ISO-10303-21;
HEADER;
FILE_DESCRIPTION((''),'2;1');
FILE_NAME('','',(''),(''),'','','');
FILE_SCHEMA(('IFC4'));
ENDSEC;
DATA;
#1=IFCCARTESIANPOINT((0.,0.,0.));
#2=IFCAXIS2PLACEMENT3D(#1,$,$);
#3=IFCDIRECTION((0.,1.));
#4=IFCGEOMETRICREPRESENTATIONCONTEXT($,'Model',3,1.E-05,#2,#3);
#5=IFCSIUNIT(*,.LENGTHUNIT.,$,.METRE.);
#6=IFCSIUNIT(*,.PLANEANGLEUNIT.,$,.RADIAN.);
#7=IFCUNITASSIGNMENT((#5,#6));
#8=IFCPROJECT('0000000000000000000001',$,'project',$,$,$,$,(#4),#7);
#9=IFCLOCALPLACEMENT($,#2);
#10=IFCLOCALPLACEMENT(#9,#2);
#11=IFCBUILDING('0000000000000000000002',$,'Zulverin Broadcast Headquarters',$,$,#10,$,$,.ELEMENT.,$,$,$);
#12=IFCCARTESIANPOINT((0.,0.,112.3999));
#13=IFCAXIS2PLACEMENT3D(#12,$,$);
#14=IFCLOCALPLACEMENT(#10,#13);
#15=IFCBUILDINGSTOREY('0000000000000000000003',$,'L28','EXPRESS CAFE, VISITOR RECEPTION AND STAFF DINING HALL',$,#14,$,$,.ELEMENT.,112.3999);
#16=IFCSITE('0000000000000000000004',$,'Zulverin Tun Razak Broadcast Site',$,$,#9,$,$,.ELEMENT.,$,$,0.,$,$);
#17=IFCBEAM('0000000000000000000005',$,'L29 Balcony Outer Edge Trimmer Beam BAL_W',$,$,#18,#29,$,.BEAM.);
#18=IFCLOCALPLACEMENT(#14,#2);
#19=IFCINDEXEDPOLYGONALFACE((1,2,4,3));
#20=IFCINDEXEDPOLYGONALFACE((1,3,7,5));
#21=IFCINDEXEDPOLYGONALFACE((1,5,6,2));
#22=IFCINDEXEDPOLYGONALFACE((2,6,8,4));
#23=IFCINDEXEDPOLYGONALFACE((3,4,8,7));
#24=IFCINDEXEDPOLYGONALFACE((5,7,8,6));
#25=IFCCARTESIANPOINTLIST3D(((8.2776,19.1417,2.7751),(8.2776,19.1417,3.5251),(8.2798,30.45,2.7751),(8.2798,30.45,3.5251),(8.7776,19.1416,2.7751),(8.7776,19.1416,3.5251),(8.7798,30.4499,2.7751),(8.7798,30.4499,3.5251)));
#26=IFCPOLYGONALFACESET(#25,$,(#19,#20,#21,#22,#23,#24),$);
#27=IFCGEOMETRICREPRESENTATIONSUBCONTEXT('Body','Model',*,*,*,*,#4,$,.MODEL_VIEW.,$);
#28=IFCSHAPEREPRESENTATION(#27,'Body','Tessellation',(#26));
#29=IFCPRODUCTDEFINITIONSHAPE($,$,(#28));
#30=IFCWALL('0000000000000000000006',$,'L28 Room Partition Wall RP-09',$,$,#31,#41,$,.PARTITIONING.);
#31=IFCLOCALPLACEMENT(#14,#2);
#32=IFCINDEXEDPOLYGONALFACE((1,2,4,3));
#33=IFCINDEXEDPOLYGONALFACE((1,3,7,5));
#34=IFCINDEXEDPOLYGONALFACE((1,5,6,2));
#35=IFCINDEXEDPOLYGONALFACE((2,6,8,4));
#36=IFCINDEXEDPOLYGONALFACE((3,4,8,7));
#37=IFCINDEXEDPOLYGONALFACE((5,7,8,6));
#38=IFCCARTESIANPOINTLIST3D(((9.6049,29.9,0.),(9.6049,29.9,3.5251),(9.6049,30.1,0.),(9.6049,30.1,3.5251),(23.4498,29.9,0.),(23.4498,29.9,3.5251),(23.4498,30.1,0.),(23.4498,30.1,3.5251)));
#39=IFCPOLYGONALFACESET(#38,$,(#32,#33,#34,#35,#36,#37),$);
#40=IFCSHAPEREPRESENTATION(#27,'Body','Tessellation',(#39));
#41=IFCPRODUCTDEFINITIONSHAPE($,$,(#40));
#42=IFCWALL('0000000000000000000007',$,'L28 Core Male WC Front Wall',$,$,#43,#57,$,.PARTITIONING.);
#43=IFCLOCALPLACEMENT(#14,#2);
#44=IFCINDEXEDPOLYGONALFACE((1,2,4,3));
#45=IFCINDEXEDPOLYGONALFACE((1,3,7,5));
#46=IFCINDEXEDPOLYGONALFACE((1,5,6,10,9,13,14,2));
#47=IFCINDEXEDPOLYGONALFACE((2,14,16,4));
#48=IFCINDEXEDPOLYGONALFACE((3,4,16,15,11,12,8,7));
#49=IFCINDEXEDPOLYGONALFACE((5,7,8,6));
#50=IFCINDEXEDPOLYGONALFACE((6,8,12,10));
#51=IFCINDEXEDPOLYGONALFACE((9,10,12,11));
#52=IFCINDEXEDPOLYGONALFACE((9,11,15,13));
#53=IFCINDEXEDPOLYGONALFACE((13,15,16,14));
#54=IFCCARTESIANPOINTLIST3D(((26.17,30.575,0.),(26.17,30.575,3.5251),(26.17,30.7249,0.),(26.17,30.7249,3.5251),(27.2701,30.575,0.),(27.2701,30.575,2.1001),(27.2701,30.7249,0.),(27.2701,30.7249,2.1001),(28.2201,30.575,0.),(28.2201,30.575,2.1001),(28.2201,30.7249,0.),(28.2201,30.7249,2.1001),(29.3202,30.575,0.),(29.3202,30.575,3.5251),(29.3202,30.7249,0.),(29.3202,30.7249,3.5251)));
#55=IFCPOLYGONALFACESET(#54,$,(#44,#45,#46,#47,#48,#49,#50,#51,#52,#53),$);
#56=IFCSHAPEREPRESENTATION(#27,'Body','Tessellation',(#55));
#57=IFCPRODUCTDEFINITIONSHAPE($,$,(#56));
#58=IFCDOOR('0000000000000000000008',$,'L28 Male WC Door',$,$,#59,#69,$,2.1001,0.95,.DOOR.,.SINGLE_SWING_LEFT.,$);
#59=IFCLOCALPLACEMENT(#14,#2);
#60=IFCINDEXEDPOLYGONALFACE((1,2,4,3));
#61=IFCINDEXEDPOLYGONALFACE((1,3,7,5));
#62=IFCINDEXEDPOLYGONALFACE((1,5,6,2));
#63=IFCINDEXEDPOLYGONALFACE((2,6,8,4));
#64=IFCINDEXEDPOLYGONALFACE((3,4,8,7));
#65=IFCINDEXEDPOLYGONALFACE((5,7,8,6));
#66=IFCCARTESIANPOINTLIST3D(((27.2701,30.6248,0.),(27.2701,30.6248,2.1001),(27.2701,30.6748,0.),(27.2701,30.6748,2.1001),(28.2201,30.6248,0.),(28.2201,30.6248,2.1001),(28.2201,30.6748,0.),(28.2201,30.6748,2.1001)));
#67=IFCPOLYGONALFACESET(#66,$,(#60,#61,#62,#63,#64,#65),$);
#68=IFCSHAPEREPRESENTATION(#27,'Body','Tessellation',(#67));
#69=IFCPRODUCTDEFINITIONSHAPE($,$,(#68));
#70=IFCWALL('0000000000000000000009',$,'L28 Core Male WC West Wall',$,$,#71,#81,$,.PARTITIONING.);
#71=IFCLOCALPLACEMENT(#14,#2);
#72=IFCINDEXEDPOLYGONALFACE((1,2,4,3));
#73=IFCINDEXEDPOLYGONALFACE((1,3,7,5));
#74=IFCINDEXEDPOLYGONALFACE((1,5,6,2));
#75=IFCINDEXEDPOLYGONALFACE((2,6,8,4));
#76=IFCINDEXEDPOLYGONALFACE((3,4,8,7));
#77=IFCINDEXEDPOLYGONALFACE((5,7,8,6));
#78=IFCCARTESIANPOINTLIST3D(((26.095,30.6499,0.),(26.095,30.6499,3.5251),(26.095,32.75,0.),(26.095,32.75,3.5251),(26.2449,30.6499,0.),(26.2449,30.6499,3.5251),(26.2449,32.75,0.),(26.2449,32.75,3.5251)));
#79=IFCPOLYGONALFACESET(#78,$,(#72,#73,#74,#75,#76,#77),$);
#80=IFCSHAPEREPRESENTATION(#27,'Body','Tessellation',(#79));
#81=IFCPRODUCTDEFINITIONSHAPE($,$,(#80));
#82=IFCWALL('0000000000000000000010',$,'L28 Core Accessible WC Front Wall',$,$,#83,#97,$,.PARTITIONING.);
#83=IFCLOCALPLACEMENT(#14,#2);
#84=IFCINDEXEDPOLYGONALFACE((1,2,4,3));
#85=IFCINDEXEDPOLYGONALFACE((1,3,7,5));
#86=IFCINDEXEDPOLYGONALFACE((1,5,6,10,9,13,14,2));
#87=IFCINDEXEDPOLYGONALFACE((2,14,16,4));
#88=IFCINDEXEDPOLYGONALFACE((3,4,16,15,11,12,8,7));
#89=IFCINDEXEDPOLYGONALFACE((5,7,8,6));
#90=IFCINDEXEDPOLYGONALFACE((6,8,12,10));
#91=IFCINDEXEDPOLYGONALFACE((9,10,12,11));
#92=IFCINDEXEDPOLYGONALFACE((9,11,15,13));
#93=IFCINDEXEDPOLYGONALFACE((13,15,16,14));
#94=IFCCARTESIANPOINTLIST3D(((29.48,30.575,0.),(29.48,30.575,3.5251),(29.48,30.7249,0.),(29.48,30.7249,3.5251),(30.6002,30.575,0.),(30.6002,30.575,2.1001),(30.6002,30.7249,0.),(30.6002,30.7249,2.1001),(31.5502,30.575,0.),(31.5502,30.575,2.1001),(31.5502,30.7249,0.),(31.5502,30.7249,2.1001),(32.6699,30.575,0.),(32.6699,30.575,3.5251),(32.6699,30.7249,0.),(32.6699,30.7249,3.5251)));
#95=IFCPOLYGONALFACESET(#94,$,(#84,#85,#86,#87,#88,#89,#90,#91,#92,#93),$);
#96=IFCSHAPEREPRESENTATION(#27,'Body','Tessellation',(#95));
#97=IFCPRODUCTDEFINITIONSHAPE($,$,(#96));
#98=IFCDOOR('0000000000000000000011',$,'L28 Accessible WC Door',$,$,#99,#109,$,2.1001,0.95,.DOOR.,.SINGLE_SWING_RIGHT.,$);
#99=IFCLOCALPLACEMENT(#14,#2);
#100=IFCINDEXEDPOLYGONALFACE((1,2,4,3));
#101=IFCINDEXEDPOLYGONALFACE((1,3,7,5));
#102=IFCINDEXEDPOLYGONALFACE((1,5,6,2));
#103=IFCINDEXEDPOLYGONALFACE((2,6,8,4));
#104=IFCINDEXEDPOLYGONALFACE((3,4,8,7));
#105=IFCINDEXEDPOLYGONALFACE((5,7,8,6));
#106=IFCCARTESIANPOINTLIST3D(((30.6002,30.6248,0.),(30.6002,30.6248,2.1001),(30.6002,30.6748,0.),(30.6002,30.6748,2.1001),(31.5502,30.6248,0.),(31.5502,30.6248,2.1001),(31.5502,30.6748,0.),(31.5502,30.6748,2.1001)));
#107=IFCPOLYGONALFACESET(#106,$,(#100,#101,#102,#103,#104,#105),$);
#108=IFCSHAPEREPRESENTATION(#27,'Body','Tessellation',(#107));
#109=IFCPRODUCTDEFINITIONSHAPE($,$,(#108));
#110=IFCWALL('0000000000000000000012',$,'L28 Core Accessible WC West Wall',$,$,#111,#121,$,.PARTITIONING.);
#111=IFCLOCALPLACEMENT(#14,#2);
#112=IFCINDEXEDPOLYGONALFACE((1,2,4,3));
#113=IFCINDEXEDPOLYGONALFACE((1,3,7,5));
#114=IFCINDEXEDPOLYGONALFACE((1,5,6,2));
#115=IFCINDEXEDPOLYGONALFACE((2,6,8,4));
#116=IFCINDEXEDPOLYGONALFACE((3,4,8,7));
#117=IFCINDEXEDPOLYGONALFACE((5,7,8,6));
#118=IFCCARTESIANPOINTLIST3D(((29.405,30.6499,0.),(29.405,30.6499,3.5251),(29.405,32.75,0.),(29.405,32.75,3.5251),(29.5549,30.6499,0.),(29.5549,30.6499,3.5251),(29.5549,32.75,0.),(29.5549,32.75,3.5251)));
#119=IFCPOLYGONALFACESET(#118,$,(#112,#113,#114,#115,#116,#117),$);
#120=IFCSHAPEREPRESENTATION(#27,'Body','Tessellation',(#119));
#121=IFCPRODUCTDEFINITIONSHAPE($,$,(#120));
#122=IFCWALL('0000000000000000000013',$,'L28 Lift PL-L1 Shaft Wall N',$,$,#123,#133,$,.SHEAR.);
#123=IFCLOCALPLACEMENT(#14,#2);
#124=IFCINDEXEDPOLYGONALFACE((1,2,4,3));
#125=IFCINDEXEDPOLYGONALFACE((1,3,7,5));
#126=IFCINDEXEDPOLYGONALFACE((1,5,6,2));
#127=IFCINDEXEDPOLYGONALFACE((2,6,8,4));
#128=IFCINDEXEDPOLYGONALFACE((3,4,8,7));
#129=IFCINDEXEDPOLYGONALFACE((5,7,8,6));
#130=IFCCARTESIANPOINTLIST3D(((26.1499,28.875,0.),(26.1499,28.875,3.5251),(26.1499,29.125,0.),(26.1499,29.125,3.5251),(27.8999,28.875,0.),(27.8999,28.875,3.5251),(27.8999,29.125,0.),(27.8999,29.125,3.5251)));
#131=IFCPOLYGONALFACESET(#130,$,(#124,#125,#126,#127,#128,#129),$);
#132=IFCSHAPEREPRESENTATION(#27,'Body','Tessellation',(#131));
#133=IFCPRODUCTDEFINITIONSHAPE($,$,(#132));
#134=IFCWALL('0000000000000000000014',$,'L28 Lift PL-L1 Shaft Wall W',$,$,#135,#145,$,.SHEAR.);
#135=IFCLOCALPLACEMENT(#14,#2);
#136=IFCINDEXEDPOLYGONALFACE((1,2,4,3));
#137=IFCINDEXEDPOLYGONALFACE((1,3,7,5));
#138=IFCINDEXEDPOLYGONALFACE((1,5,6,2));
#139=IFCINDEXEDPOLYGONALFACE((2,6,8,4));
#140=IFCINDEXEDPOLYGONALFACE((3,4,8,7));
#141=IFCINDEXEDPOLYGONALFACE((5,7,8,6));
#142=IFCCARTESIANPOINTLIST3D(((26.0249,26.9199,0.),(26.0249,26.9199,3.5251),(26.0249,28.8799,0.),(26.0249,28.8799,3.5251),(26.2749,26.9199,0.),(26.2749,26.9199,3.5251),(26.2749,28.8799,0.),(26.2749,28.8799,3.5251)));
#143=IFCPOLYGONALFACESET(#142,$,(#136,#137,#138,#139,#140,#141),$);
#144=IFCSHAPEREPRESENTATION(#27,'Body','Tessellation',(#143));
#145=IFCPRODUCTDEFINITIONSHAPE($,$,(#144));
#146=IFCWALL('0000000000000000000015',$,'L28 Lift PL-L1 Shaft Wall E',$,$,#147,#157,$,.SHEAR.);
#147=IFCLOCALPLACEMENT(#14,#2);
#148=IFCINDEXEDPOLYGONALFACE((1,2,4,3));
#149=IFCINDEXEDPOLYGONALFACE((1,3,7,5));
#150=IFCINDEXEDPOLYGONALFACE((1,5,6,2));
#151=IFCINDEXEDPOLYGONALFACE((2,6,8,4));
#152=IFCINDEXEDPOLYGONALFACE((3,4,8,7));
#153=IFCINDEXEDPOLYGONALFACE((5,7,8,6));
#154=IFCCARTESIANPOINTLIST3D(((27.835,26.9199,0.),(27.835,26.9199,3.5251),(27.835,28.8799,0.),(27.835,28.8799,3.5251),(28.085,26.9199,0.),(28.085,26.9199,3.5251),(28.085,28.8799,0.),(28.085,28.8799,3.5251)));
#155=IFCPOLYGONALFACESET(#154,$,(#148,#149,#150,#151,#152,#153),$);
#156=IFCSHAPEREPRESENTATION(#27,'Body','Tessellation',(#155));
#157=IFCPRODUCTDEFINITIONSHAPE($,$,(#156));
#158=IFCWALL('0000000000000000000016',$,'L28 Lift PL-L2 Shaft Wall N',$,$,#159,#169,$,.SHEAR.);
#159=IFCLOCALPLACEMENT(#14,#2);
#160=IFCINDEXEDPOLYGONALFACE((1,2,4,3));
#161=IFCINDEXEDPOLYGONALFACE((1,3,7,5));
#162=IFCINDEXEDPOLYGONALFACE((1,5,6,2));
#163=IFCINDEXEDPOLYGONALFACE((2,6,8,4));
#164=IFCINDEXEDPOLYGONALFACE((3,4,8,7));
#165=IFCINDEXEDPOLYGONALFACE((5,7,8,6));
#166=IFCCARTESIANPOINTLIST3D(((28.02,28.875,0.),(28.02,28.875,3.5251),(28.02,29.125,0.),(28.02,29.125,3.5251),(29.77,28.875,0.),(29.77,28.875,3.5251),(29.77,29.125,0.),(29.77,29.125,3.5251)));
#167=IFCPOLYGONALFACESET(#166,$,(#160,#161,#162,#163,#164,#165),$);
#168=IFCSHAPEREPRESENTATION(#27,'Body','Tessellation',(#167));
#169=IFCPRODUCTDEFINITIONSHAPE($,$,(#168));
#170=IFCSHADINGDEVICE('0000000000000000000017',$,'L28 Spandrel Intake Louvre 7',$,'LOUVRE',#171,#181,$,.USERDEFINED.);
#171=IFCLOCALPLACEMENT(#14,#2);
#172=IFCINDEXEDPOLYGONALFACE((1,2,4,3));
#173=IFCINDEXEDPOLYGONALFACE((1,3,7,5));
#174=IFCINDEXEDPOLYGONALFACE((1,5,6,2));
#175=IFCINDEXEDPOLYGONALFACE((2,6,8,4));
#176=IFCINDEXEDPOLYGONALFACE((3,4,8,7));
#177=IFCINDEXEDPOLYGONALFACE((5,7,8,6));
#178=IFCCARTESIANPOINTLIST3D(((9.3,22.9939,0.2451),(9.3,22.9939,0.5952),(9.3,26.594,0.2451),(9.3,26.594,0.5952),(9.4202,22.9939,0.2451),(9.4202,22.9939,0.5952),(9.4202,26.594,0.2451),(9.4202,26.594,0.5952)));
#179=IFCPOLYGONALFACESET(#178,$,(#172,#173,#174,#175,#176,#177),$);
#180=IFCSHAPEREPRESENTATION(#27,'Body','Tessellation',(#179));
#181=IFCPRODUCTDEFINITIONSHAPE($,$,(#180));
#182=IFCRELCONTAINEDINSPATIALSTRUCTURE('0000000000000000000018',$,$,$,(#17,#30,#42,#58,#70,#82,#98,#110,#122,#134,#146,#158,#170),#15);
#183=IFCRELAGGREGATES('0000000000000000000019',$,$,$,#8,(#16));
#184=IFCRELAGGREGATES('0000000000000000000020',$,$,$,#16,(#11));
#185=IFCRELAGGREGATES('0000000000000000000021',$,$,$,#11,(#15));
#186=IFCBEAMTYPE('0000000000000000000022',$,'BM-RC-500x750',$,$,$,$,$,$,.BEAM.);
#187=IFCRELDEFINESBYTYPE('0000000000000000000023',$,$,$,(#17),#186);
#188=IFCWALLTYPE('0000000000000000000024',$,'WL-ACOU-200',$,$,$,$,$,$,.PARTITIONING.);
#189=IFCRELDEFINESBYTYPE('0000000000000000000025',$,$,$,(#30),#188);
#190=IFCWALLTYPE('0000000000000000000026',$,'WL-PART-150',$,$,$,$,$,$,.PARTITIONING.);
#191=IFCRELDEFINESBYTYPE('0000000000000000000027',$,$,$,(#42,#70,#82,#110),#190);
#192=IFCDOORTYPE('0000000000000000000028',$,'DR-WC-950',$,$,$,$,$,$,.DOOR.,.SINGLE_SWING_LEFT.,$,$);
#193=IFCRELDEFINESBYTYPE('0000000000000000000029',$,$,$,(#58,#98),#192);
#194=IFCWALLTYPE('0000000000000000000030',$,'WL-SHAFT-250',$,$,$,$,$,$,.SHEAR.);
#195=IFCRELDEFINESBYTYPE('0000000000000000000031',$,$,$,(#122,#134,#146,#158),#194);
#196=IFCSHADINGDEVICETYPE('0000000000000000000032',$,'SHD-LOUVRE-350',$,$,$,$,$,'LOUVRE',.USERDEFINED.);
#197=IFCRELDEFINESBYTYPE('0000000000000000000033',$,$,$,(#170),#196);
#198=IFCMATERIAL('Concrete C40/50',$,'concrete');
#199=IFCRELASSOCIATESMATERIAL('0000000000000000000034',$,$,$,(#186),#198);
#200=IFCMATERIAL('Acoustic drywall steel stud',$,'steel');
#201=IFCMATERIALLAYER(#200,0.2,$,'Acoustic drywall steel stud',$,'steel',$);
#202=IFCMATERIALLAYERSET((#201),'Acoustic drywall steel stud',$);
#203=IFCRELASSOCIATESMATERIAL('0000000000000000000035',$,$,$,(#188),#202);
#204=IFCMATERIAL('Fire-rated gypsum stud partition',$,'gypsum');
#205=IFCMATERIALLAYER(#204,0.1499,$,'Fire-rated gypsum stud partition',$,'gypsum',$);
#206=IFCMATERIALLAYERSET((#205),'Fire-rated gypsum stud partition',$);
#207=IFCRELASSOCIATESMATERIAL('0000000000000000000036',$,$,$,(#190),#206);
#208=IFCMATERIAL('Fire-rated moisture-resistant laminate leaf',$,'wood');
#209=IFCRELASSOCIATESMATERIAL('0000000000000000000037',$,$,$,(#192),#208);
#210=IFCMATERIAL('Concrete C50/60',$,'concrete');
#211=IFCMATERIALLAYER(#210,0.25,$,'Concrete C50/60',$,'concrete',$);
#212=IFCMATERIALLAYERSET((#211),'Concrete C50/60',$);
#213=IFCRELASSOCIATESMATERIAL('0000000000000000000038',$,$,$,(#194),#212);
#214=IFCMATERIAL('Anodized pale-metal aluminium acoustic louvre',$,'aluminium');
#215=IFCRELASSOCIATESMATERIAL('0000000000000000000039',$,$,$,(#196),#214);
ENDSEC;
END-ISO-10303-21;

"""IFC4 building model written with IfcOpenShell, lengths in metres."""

from ifc_helpers import new_model, si_unit, direction, frame, frame_2d, origin, origin_2d, place, context, subcontext, project, spatial, rectangle, extrude, material, layer, layer_set, material_profile, profile_set, type_object, element, fill, save


model = new_model("IFC4")

# Units and contexts
model_context = context("Model", 3, precision=1e-05, world=origin(), true_north=direction((0.0, 1.0)))
body_context = subcontext(model_context, "Body", "Model", "MODEL_VIEW")
ifc_project = project(units=[si_unit("LENGTHUNIT", "METRE"), si_unit("PLANEANGLEUNIT", "RADIAN")], contexts=[model_context])

# Site, building, storey
site_placement = place(None, origin())
site = spatial("IfcSite", under=ifc_project, at=site_placement, Name="Zulverin Tun Razak Broadcast Site", CompositionType="ELEMENT", RefElevation=0.0)
building_placement = place(site_placement, origin())
building = spatial("IfcBuilding", under=site, at=building_placement, Name="Zulverin Broadcast Headquarters", CompositionType="ELEMENT")
storey_placement = place(building_placement, frame((0.0, 0.0, 112.3999)))
storey = spatial("IfcBuildingStorey", under=building, at=storey_placement, Name="L28", Description="EXPRESS CAFE, VISITOR RECEPTION AND STAFF DINING HALL", CompositionType="ELEMENT", Elevation=112.3999)

# Beam
ifc_material_1 = material(Name="Concrete C40/50", Category="concrete")
ifc_material_profile = material_profile(ifc_material_1, rectangle(XDim=0.5, YDim=0.75, at=origin_2d()), Name="Concrete C40/50", Category="concrete")
ifc_profile_set = profile_set([ifc_material_profile], Name="Concrete C40/50")
beam_type = type_object("IfcBeamType", Name="BM-RC-500x750", PredefinedType="BEAM", material=ifc_profile_set)
beam_placement = place(storey_placement, frame((8.5298, 30.45, 3.1501), z_axis=(-0.000194, -1.0, 0.0), x_axis=(1.0, -0.000194, 0.0)))
element("IfcBeam", 1, at=beam_placement, inside=storey, type_object=beam_type, Name="L29 Balcony Outer Edge Trimmer Beam BAL_W", PredefinedType="BEAM", context=body_context, shape_type="SweptSolid", body=[
    extrude(rectangle(XDim=0.5, YDim=0.75, at=origin_2d()), origin(), (0.0, 0.0, 1.0), 11.3083),
])

# Wall
ifc_material_2 = material(Name="Acoustic drywall steel stud", Category="steel")
ifc_layer_1 = layer(ifc_material_2, 0.2, Name="Acoustic drywall steel stud", Category="steel")
ifc_layer_set_1 = layer_set([ifc_layer_1], Name="Acoustic drywall steel stud")
wall_type_1 = type_object("IfcWallType", Name="WL-ACOU-200", PredefinedType="PARTITIONING", material=ifc_layer_set_1)
wall_1_placement = place(storey_placement, frame((9.605, 30.0, 0.0), z_axis=(0.0, 0.0, 1.0), x_axis=(1.0, 0.0, 0.0)))
element("IfcWall", 2, at=wall_1_placement, inside=storey, type_object=wall_type_1, Name="L28 Room Partition Wall RP-09", PredefinedType="PARTITIONING", context=body_context, shape_type="SweptSolid", body=[
    extrude(rectangle(XDim=13.845, YDim=0.2, at=frame_2d((6.9224, 0.0))), origin(), (0.0, 0.0, 1.0), 3.5251),
])

# Wall, opening, door
ifc_material_3 = material(Name="Fire-rated gypsum stud partition", Category="gypsum")
ifc_layer_2 = layer(ifc_material_3, 0.1499, Name="Fire-rated gypsum stud partition", Category="gypsum")
ifc_layer_set_2 = layer_set([ifc_layer_2], Name="Fire-rated gypsum stud partition")
wall_type_2 = type_object("IfcWallType", Name="WL-PART-150", PredefinedType="PARTITIONING", material=ifc_layer_set_2)
wall_2_placement = place(storey_placement, frame((26.1699, 30.6499, 0.0), z_axis=(0.0, 0.0, 1.0), x_axis=(1.0, 0.0, 0.0)))
wall_2 = element("IfcWall", 3, at=wall_2_placement, inside=storey, type_object=wall_type_2, Name="L28 Core Male WC Front Wall", PredefinedType="PARTITIONING", context=body_context, shape_type="SweptSolid", body=[
    extrude(rectangle(XDim=3.1501, YDim=0.1499, at=frame_2d((1.5752, 0.0))), origin(), (0.0, 0.0, 1.0), 3.5251),
])
opening_1_placement = place(wall_2_placement, frame((1.1001, 0.0, 0.0)))
opening_1 = element("IfcOpeningElement", 4, at=opening_1_placement, cuts=wall_2, PredefinedType="OPENING", context=body_context, shape_type="SweptSolid", body=[
    extrude(rectangle(XDim=0.95, YDim=2.1001, at=frame_2d((0.4751, 1.05))), frame((0.0, 0.085, 0.0), z_axis=(0.0, -1.0, 0.0), x_axis=(1.0, 0.0, 0.0)), (0.0, 0.0, 1.0), 0.1699),
])
ifc_material_4 = material(Name="Fire-rated moisture-resistant laminate leaf", Category="wood")
door_type_1 = type_object("IfcDoorType", Name="DR-WC-950", OperationType="SINGLE_SWING_LEFT", PredefinedType="DOOR", material=ifc_material_4)
door_1_placement = place(opening_1_placement, origin())
door_1 = element("IfcDoor", 5, at=door_1_placement, inside=storey, type_object=door_type_1, Name="L28 Male WC Door", OperationType="SINGLE_SWING_LEFT", OverallHeight=2.1001, OverallWidth=0.95, PredefinedType="DOOR", context=body_context, shape_type="SweptSolid", body=[
    extrude(rectangle(XDim=0.95, YDim=2.1001, at=frame_2d((0.4751, 1.05))), frame((0.0, 0.0249, 0.0), z_axis=(0.0, -1.0, 0.0), x_axis=(1.0, 0.0, 0.0)), (0.0, 0.0, 1.0), 0.05),
])
fill(opening_1, door_1)

# Wall
wall_3_placement = place(storey_placement, frame((26.1699, 30.6499, 0.0), z_axis=(0.0, 0.0, 1.0), x_axis=(0.0, 1.0, 0.0)))
element("IfcWall", 6, at=wall_3_placement, inside=storey, type_object=wall_type_2, Name="L28 Core Male WC West Wall", PredefinedType="PARTITIONING", context=body_context, shape_type="SweptSolid", body=[
    extrude(rectangle(XDim=2.1001, YDim=0.1499, at=frame_2d((1.05, 0.0))), origin(), (0.0, 0.0, 1.0), 3.5251),
])

# Wall, opening, door
wall_4_placement = place(storey_placement, frame((29.48, 30.6499, 0.0), z_axis=(0.0, 0.0, 1.0), x_axis=(1.0, 0.0, 0.0)))
wall_4 = element("IfcWall", 7, at=wall_4_placement, inside=storey, type_object=wall_type_2, Name="L28 Core Accessible WC Front Wall", PredefinedType="PARTITIONING", context=body_context, shape_type="SweptSolid", body=[
    extrude(rectangle(XDim=3.1899, YDim=0.1499, at=frame_2d((1.595, 0.0))), origin(), (0.0, 0.0, 1.0), 3.5251),
])
opening_2_placement = place(wall_4_placement, frame((1.1201, 0.0, 0.0)))
opening_2 = element("IfcOpeningElement", 8, at=opening_2_placement, cuts=wall_4, PredefinedType="OPENING", context=body_context, shape_type="SweptSolid", body=[
    extrude(rectangle(XDim=0.95, YDim=2.1001, at=frame_2d((0.4751, 1.05))), frame((0.0, 0.085, 0.0), z_axis=(0.0, -1.0, 0.0), x_axis=(1.0, 0.0, 0.0)), (0.0, 0.0, 1.0), 0.1699),
])
door_2_placement = place(opening_2_placement, origin())
door_2 = element("IfcDoor", 9, at=door_2_placement, inside=storey, type_object=door_type_1, Name="L28 Accessible WC Door", OperationType="SINGLE_SWING_RIGHT", OverallHeight=2.1001, OverallWidth=0.95, PredefinedType="DOOR", context=body_context, shape_type="SweptSolid", body=[
    extrude(rectangle(XDim=0.95, YDim=2.1001, at=frame_2d((0.4751, 1.05))), frame((0.0, 0.0249, 0.0), z_axis=(0.0, -1.0, 0.0), x_axis=(1.0, 0.0, 0.0)), (0.0, 0.0, 1.0), 0.05),
])
fill(opening_2, door_2)

# Wall
wall_5_placement = place(storey_placement, frame((29.48, 30.6499, 0.0), z_axis=(0.0, 0.0, 1.0), x_axis=(0.0, 1.0, 0.0)))
element("IfcWall", 10, at=wall_5_placement, inside=storey, type_object=wall_type_2, Name="L28 Core Accessible WC West Wall", PredefinedType="PARTITIONING", context=body_context, shape_type="SweptSolid", body=[
    extrude(rectangle(XDim=2.1001, YDim=0.1499, at=frame_2d((1.05, 0.0))), origin(), (0.0, 0.0, 1.0), 3.5251),
])

# Shared definitions
ifc_material_5 = material(Name="Concrete C50/60", Category="concrete")
ifc_layer_3 = layer(ifc_material_5, 0.25, Name="Concrete C50/60", Category="concrete")
ifc_layer_set_3 = layer_set([ifc_layer_3], Name="Concrete C50/60")
wall_type_3 = type_object("IfcWallType", Name="WL-SHAFT-250", PredefinedType="SHEAR", material=ifc_layer_set_3)

# Walls
wall_6_placement = place(storey_placement, frame((26.1499, 29.0, 0.0), z_axis=(0.0, 0.0, 1.0), x_axis=(1.0, 0.0, 0.0)))
element("IfcWall", 11, at=wall_6_placement, inside=storey, type_object=wall_type_3, Name="L28 Lift PL-L1 Shaft Wall N", PredefinedType="SHEAR", context=body_context, shape_type="SweptSolid", body=[
    extrude(rectangle(XDim=1.75, YDim=0.25, at=frame_2d((0.875, 0.0))), origin(), (0.0, 0.0, 1.0), 3.5251),
])
for number, where, z_axis, x_axis, name in (
    (12, (26.1499, 26.9199, 0.0), (0.0, 0.0, 1.0), (0.0, 1.0, 0.0), "L28 Lift PL-L1 Shaft Wall W"),
    (13, (27.96, 26.9199, 0.0), (0.0, 0.0, 1.0), (0.0, 1.0, 0.0), "L28 Lift PL-L1 Shaft Wall E"),
):
    element("IfcWall", number, at=place(storey_placement, frame(where, z_axis=z_axis, x_axis=x_axis)), inside=storey, type_object=wall_type_3, Name=name, PredefinedType="SHEAR", context=body_context, shape_type="SweptSolid", body=[
        extrude(rectangle(XDim=1.96, YDim=0.25, at=frame_2d((0.98, 0.0))), origin(), (0.0, 0.0, 1.0), 3.5251),
    ])

# Wall
wall_7_placement = place(storey_placement, frame((28.02, 29.0, 0.0), z_axis=(0.0, 0.0, 1.0), x_axis=(1.0, 0.0, 0.0)))
element("IfcWall", 14, at=wall_7_placement, inside=storey, type_object=wall_type_3, Name="L28 Lift PL-L2 Shaft Wall N", PredefinedType="SHEAR", context=body_context, shape_type="SweptSolid", body=[
    extrude(rectangle(XDim=1.75, YDim=0.25, at=frame_2d((0.875, 0.0))), origin(), (0.0, 0.0, 1.0), 3.5251),
])

# Shading device
ifc_material_6 = material(Name="Anodized pale-metal aluminium acoustic louvre", Category="aluminium")
shading_device_type_1 = type_object("IfcShadingDeviceType", Name="SHD-LOUVRE-350", ElementType="LOUVRE", PredefinedType="USERDEFINED", material=ifc_material_6)
shading_device_1_placement = place(storey_placement, frame((9.3601, 24.7939, 0.2451), z_axis=(0.0, 0.0, 1.0), x_axis=(0.0, -1.0, 0.0)))
element("IfcShadingDevice", 15, at=shading_device_1_placement, inside=storey, type_object=shading_device_type_1, Name="L28 Spandrel Intake Louvre 7", ObjectType="LOUVRE", PredefinedType="USERDEFINED", context=body_context, shape_type="SweptSolid", body=[
    extrude(rectangle(XDim=3.6001, YDim=0.1201, at=origin_2d()), origin(), (0.0, 0.0, 1.0), 0.3501),
])

save(model, "model.ifc")
